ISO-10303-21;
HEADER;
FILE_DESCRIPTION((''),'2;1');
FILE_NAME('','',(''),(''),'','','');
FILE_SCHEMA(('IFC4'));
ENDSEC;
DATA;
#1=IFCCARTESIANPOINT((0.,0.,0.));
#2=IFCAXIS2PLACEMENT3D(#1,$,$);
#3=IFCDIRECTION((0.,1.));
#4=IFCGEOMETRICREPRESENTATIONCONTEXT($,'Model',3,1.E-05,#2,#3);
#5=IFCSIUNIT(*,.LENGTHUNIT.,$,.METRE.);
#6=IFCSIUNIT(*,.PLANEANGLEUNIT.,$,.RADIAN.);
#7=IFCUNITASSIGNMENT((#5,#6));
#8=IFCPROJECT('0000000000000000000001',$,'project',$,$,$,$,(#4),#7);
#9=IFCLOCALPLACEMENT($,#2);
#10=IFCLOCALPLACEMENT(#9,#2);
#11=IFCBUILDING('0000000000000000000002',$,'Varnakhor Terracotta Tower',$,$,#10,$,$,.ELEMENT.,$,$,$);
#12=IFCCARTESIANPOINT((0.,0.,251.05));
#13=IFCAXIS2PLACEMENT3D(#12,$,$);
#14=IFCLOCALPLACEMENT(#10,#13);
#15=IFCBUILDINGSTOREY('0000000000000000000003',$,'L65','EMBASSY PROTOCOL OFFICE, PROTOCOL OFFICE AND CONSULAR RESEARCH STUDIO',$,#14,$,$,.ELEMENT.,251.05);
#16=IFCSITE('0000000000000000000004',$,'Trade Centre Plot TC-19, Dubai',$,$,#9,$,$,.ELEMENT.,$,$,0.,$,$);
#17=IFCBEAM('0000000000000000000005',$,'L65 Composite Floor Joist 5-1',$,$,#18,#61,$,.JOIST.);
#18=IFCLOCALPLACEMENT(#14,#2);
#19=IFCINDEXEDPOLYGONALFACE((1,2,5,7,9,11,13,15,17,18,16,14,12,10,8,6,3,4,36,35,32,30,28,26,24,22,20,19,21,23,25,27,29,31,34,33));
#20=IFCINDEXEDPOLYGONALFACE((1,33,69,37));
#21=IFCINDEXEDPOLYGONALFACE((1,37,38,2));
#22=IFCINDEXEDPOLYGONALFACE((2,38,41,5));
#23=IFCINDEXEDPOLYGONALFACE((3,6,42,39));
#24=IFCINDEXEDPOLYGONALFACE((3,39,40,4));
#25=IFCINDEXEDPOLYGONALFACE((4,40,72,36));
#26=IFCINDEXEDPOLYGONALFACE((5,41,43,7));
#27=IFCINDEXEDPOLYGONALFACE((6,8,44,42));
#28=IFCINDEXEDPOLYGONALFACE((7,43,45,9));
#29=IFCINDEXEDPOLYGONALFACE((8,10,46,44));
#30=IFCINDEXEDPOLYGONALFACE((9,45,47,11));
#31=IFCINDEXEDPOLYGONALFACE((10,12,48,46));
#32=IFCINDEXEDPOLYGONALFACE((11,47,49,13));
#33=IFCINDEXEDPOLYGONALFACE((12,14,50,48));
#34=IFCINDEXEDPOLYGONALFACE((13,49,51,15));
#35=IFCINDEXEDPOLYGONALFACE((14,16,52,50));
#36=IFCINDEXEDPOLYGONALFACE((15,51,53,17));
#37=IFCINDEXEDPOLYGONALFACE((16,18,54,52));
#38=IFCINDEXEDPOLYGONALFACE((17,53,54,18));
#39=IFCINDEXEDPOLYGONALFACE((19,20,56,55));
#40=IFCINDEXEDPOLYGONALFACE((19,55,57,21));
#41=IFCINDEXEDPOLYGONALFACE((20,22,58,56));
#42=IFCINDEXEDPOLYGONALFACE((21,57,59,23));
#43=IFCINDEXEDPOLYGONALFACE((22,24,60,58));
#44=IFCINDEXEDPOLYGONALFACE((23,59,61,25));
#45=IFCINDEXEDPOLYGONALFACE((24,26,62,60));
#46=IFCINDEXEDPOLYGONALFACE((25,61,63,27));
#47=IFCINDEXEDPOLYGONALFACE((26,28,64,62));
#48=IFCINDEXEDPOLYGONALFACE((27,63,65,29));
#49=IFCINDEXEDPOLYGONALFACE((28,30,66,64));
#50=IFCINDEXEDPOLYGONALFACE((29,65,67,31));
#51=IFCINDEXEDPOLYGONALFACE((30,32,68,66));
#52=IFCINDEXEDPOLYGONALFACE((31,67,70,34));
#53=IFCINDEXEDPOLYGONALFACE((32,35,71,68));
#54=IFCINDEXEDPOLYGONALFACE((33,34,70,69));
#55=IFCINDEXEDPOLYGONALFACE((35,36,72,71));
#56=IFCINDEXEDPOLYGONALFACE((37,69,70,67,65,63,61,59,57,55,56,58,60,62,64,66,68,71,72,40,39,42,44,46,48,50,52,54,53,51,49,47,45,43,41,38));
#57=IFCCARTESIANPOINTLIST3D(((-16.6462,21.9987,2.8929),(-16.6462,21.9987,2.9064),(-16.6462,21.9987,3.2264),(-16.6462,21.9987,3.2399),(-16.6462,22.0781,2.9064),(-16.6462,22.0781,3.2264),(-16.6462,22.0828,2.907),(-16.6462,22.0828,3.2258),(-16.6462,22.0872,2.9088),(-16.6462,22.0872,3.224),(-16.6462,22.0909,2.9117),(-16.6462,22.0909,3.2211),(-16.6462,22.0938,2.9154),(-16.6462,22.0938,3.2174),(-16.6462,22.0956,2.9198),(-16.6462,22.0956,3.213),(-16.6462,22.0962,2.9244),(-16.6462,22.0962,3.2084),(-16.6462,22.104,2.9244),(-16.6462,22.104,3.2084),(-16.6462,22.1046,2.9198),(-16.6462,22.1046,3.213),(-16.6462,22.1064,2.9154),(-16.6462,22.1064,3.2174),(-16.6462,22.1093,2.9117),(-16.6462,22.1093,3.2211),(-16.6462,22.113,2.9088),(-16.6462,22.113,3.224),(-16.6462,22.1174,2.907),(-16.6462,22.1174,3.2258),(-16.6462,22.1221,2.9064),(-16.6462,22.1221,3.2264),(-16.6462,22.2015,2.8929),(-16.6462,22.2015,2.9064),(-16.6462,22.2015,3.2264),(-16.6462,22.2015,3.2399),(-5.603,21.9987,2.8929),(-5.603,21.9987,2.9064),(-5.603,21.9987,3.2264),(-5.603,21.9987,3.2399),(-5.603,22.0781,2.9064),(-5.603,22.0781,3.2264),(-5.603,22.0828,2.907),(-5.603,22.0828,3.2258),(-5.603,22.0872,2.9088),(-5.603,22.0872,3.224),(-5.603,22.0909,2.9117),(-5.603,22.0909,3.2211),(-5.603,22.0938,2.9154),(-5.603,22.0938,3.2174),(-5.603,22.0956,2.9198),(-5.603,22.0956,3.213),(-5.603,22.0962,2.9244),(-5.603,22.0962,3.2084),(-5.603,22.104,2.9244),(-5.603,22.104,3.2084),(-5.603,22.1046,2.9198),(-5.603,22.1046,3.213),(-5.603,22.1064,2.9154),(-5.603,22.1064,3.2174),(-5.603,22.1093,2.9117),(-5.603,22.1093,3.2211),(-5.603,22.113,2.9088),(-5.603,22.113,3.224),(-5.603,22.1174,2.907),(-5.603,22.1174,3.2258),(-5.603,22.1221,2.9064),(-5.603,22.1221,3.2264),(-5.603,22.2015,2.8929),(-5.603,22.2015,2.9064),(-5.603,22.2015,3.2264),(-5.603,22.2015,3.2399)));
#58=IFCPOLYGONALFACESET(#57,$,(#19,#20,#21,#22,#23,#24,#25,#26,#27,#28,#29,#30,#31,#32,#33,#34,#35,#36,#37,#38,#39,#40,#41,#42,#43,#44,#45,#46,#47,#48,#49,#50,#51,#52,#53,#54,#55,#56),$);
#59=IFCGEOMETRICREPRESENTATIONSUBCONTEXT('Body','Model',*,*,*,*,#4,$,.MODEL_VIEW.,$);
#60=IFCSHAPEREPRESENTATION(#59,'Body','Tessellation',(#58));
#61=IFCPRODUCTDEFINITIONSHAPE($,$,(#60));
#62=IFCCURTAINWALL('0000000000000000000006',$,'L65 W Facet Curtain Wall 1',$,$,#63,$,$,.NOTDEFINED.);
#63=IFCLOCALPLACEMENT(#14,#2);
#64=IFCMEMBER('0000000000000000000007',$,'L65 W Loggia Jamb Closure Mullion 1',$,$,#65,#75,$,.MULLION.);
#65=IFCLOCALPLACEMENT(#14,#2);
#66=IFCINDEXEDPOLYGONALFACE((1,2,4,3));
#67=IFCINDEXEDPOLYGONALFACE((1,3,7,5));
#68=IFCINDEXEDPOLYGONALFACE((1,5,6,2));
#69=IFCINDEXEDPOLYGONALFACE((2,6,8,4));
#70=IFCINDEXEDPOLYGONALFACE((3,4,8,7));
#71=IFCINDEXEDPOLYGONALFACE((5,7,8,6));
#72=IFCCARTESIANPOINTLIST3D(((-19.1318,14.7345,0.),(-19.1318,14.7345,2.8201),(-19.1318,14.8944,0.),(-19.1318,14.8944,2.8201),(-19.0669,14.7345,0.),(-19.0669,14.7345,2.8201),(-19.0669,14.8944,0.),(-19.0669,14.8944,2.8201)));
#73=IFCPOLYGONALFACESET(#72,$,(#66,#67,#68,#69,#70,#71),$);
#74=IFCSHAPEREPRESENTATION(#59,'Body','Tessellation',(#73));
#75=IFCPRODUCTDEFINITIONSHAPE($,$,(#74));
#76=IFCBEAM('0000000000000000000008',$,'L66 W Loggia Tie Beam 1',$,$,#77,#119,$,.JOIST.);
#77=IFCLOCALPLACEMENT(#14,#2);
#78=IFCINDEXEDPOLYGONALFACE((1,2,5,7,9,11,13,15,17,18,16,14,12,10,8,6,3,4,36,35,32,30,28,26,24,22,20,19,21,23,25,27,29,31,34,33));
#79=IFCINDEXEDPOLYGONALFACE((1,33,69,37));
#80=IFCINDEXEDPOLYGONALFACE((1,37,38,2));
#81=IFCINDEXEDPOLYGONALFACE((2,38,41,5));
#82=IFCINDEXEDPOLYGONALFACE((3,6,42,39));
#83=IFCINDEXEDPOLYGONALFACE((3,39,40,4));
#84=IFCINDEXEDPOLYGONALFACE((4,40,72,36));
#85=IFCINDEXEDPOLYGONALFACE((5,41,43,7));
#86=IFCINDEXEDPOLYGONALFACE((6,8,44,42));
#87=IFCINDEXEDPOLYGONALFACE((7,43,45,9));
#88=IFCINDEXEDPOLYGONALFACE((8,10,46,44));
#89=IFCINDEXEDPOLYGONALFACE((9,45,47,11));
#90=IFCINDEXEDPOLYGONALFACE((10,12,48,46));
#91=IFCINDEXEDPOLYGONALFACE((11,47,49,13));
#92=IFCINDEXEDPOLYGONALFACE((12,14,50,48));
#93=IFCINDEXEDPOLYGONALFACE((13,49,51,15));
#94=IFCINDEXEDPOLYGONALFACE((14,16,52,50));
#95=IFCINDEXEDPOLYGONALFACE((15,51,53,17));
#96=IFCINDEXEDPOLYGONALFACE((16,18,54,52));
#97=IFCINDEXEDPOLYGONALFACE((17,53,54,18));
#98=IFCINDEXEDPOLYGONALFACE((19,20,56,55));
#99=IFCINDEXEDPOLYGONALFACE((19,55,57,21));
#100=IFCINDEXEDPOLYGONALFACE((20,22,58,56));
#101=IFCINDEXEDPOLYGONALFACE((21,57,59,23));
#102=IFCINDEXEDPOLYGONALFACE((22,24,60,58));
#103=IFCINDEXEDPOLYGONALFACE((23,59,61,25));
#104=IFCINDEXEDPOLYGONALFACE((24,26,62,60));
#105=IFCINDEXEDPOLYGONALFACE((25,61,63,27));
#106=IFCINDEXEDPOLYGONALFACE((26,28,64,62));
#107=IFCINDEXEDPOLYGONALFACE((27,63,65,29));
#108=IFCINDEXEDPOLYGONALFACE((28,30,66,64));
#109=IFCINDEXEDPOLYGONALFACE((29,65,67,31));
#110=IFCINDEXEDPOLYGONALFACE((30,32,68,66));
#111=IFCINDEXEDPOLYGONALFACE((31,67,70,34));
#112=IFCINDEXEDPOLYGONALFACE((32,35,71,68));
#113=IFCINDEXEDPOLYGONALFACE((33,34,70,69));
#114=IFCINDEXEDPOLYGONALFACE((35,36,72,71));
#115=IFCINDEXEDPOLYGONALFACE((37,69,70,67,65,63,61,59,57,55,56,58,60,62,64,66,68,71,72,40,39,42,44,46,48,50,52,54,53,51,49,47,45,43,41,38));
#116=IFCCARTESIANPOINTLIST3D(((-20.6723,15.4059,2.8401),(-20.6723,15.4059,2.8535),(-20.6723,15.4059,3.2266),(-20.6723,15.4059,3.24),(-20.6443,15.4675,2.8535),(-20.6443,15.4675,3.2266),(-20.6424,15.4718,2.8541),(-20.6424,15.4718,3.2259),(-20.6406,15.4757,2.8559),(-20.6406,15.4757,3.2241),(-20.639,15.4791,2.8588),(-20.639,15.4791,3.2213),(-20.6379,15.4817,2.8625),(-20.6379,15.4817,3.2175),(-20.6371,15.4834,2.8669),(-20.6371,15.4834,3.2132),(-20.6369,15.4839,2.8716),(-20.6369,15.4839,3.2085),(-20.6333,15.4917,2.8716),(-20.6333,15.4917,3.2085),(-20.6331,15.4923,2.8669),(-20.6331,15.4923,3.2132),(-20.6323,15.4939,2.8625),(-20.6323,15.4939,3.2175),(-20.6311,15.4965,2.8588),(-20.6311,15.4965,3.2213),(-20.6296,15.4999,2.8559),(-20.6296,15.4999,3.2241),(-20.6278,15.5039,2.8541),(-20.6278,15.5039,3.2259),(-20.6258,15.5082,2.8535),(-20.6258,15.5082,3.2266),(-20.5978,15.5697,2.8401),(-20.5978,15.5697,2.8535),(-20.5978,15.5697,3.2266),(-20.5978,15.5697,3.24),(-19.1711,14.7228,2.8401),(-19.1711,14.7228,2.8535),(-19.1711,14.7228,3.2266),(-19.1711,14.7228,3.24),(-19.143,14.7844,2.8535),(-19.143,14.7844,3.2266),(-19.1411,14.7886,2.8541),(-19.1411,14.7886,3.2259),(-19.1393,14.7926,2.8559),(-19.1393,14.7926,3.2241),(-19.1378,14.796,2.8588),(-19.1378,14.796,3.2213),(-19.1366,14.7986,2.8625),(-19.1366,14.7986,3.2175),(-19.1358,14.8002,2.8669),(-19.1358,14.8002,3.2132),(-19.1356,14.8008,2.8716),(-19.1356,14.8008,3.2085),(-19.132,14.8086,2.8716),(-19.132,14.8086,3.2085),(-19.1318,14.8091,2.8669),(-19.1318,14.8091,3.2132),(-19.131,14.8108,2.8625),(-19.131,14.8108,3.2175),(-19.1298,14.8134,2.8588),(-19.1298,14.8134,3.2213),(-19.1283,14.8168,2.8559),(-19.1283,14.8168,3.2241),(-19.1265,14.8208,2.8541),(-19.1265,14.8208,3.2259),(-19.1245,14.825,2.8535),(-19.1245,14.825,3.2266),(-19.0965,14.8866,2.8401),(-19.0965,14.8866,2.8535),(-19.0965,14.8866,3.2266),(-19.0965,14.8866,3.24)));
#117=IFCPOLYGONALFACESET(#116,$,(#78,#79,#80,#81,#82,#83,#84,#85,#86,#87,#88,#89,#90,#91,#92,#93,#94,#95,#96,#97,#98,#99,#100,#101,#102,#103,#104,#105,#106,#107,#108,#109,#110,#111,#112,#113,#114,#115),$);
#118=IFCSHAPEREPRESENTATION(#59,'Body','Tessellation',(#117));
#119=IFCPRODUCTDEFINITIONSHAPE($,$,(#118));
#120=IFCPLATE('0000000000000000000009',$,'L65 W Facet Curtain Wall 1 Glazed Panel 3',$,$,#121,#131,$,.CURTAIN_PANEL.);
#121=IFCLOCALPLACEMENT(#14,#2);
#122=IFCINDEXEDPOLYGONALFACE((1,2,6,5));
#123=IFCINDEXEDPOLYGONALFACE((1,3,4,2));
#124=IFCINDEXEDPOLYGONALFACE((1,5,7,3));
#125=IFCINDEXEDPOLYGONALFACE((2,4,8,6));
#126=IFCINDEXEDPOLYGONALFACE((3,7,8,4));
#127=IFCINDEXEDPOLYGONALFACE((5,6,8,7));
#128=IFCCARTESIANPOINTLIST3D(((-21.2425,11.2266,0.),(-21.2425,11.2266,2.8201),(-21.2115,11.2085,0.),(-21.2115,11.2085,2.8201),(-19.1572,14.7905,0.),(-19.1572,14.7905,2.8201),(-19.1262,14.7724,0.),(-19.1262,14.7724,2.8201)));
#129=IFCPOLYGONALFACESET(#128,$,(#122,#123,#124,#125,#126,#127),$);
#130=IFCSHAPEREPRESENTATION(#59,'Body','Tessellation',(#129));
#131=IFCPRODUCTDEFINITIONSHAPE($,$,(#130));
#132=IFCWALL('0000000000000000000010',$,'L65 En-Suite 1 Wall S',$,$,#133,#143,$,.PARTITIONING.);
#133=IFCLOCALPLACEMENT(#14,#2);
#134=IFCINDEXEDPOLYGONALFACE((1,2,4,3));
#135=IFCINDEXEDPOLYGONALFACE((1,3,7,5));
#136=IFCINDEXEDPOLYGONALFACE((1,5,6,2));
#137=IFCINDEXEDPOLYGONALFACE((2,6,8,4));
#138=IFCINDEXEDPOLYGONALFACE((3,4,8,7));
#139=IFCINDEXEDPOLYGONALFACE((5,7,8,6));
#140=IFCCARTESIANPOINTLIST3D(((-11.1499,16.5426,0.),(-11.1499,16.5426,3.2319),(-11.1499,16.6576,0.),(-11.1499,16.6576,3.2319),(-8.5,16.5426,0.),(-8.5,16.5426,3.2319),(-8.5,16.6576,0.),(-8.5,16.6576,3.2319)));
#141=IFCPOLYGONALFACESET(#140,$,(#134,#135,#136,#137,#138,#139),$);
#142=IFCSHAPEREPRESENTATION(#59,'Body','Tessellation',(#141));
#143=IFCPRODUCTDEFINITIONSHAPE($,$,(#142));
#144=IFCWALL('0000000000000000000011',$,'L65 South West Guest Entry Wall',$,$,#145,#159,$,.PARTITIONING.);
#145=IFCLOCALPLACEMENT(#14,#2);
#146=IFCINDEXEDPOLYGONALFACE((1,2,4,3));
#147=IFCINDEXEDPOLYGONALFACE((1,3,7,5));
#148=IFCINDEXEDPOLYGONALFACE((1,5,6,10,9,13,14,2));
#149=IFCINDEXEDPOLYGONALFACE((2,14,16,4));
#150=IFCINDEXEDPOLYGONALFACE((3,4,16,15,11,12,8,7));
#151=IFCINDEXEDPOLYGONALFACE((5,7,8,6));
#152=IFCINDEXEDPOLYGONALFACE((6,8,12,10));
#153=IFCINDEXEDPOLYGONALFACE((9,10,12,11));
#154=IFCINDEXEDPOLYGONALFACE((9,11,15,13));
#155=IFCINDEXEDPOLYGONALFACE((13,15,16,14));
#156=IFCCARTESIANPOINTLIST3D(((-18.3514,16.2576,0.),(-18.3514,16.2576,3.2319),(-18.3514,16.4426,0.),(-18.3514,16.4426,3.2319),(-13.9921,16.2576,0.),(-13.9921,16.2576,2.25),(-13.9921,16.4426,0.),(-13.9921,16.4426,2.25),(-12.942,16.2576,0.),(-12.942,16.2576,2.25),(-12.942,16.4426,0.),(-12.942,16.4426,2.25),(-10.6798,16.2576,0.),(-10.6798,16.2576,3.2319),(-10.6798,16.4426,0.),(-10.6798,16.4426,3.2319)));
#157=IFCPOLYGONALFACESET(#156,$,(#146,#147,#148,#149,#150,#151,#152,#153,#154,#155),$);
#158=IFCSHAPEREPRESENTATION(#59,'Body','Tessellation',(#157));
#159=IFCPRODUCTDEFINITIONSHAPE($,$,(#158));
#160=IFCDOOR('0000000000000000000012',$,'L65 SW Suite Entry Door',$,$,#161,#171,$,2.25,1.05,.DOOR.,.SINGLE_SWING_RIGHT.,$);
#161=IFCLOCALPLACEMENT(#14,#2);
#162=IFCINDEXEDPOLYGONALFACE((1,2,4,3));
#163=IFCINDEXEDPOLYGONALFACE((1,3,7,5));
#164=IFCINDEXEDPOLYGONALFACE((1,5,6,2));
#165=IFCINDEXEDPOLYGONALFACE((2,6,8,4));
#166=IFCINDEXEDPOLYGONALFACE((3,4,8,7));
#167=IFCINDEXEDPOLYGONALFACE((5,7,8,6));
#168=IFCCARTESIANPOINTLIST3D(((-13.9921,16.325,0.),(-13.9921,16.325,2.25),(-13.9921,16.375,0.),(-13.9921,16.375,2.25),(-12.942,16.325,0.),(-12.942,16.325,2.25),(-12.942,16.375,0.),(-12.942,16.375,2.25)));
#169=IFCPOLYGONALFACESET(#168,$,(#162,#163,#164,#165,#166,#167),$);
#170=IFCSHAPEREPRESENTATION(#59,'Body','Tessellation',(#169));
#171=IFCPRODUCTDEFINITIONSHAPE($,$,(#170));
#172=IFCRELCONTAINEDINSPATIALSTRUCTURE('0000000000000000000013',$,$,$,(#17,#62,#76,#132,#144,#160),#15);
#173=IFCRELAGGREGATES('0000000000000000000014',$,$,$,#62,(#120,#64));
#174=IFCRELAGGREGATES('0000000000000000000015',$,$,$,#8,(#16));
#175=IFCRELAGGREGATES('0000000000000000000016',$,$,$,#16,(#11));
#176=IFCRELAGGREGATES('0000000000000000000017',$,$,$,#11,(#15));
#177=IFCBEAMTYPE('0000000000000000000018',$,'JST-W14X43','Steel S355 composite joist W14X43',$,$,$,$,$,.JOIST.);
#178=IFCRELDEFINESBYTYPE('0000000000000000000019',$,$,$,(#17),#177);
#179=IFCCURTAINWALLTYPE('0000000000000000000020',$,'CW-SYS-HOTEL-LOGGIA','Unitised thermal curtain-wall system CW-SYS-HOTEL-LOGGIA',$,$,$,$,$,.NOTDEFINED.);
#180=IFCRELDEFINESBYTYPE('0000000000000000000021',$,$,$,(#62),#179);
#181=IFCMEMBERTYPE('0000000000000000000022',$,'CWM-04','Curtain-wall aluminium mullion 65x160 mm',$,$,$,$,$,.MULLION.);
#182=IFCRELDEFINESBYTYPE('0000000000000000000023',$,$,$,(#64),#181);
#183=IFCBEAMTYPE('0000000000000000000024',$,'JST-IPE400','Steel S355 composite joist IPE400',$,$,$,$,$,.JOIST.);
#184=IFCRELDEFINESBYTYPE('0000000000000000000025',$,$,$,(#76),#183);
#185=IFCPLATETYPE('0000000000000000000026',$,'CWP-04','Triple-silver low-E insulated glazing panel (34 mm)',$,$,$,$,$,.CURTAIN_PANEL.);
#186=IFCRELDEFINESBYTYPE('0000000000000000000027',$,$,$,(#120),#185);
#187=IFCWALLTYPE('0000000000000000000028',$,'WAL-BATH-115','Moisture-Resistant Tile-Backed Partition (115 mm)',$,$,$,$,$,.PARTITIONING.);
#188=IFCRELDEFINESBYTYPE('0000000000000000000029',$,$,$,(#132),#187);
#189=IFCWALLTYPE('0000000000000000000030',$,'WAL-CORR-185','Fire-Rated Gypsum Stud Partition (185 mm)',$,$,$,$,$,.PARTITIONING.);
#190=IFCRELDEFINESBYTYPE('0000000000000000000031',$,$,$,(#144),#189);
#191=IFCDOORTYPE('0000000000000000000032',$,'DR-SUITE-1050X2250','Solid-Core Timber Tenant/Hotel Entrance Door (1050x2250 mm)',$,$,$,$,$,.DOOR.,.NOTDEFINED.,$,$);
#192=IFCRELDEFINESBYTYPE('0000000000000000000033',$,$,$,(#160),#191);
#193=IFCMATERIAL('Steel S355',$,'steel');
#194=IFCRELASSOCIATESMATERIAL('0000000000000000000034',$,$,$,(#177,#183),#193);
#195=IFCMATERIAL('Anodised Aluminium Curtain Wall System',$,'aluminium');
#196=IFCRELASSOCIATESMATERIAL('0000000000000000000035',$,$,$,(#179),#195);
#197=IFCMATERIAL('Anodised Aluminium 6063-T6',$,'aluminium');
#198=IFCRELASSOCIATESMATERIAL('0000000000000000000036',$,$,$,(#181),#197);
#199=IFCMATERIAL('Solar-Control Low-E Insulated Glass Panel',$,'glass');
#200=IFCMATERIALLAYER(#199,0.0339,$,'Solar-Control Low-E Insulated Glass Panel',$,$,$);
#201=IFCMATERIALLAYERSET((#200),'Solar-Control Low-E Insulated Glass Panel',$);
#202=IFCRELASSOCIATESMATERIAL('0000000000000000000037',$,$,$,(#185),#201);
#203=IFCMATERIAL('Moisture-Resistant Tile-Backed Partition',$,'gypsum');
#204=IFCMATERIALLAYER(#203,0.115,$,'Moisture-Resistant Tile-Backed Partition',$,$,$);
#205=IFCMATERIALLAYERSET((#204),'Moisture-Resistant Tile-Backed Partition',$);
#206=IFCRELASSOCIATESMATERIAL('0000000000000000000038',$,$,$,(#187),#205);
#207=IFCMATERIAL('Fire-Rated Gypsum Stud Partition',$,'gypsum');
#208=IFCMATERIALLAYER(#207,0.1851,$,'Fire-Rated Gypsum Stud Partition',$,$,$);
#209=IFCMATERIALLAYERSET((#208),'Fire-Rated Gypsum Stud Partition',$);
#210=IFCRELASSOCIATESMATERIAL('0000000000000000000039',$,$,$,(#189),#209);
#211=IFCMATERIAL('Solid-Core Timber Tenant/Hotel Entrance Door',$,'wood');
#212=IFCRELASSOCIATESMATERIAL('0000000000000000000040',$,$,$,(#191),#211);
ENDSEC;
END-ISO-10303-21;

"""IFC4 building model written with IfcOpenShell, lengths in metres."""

from ifc_helpers import new_model, si_unit, direction, frame, frame_2d, origin, origin_2d, place, context, subcontext, project, spatial, rectangle, i_section, extrude, source, transform, mapped, material, layer, layer_set, material_profile, profile_set, type_object, type_shapes, element, fill, aggregate, save


model = new_model("IFC4")

# Units and contexts
model_context = context("Model", 3, precision=1e-05, world=origin(), true_north=direction((0.0, 1.0)))
body_context = subcontext(model_context, "Body", "Model", "MODEL_VIEW")
ifc_project = project(units=[si_unit("LENGTHUNIT", "METRE"), si_unit("PLANEANGLEUNIT", "RADIAN")], contexts=[model_context])

# Site, building, storey
site_placement = place(None, origin())
site = spatial("IfcSite", under=ifc_project, at=site_placement, Name="Trade Centre Plot TC-19, Dubai", CompositionType="ELEMENT", RefElevation=0.0)
building_placement = place(site_placement, origin())
building = spatial("IfcBuilding", under=site, at=building_placement, Name="Varnakhor Terracotta Tower", CompositionType="ELEMENT")
storey_placement = place(building_placement, frame((0.0, 0.0, 251.05)))
storey = spatial("IfcBuildingStorey", under=building, at=storey_placement, Name="L65", Description="EMBASSY PROTOCOL OFFICE, PROTOCOL OFFICE AND CONSULAR RESEARCH STUDIO", CompositionType="ELEMENT", Elevation=251.05)

# Beam
ifc_material_1 = material(Name="Steel S355", Category="steel")
ifc_material_profile_1 = material_profile(ifc_material_1, i_section(OverallWidth=0.2029, OverallDepth=0.3469, WebThickness=0.0078, FlangeThickness=0.0134, FilletRadius=0.0181, at=origin_2d()), Name="W14X43")
ifc_profile_set_1 = profile_set([ifc_material_profile_1], Name="Steel S355")
beam_type_1 = type_object("IfcBeamType", Name="JST-W14X43", Description="Steel S355 composite joist W14X43", PredefinedType="JOIST", material=ifc_profile_set_1)
shared_shape_1 = source(origin(), body_context, "Body", "SweptSolid", [
    extrude(i_section(OverallWidth=0.2029, OverallDepth=0.3469, WebThickness=0.0078, FlangeThickness=0.0134, FilletRadius=0.0181, at=origin_2d()), origin(), (0.0, 0.0, 1.0), 11.0432),
])
beam_1_placement = place(storey_placement, frame((-16.6462, 22.1001, 3.0664), z_axis=(1.0, 0.0, 0.0), x_axis=(0.0, 1.0, 0.0)))
element("IfcBeam", 1, at=beam_1_placement, inside=storey, type_object=beam_type_1, Name="L65 Composite Floor Joist 5-1", PredefinedType="JOIST", context=body_context, shape_type="MappedRepresentation", body=[
    mapped(shared_shape_1, transform((0.0, 0.0, 0.0), scale=1.0)),
])

# Curtain wall, member
ifc_material_2 = material(Name="Anodised Aluminium Curtain Wall System", Category="aluminium")
curtain_wall_type = type_object("IfcCurtainWallType", Name="CW-SYS-HOTEL-LOGGIA", Description="Unitised thermal curtain-wall system CW-SYS-HOTEL-LOGGIA", PredefinedType="NOTDEFINED", material=ifc_material_2)
curtain_wall_placement = place(storey_placement, origin())
curtain_wall = element("IfcCurtainWall", 2, at=curtain_wall_placement, inside=storey, type_object=curtain_wall_type, Name="L65 W Facet Curtain Wall 1", PredefinedType="NOTDEFINED")
ifc_material_3 = material(Name="Anodised Aluminium 6063-T6", Category="aluminium")
ifc_material_profile_2 = material_profile(ifc_material_3, rectangle(XDim=0.0649, YDim=0.1599, at=origin_2d()), Name="ALU MULLION 65x160")
ifc_profile_set_2 = profile_set([ifc_material_profile_2], Name="Anodised Aluminium 6063-T6")
member_type = type_object("IfcMemberType", Name="CWM-04", Description="Curtain-wall aluminium mullion 65x160 mm", PredefinedType="MULLION", material=ifc_profile_set_2)
shared_shape_2 = source(origin(), body_context, "Body", "SweptSolid", [
    extrude(rectangle(XDim=0.0649, YDim=0.1599, at=origin_2d()), origin(), (0.0, 0.0, 1.0), 2.8201),
])
type_shapes(member_type, [shared_shape_2])
member_placement = place(storey_placement, frame((-19.0994, 14.8145, 0.0), z_axis=(0.0, 0.0, 1.0), x_axis=(1.0, 0.0, 0.0)))
member = element("IfcMember", 3, at=member_placement, type_object=member_type, Name="L65 W Loggia Jamb Closure Mullion 1", PredefinedType="MULLION", context=body_context, shape_type="MappedRepresentation", body=[
    mapped(shared_shape_2, transform((0.0, 0.0, 0.0), scale=1.0)),
])

# Beam
ifc_material_profile_3 = material_profile(ifc_material_1, i_section(OverallWidth=0.1799, OverallDepth=0.3999, WebThickness=0.0085, FlangeThickness=0.0134, FilletRadius=0.0181, at=origin_2d()), Name="IPE400")
ifc_profile_set_3 = profile_set([ifc_material_profile_3], Name="Steel S355")
beam_type_2 = type_object("IfcBeamType", Name="JST-IPE400", Description="Steel S355 composite joist IPE400", PredefinedType="JOIST", material=ifc_profile_set_3)
shared_shape_3 = source(origin(), body_context, "Body", "SweptSolid", [
    extrude(i_section(OverallWidth=0.1799, OverallDepth=0.3999, WebThickness=0.0085, FlangeThickness=0.0134, FilletRadius=0.0181, at=origin_2d()), origin(), (0.0, 0.0, 1.0), 1.6494),
])
beam_2_placement = place(storey_placement, frame((-19.1338, 14.8047, 3.04), z_axis=(-0.910199, 0.414171, 0.0), x_axis=(-0.414171, -0.910199, 0.0)))
element("IfcBeam", 4, at=beam_2_placement, inside=storey, type_object=beam_type_2, Name="L66 W Loggia Tie Beam 1", PredefinedType="JOIST", context=body_context, shape_type="MappedRepresentation", body=[
    mapped(shared_shape_3, transform((0.0, 0.0, 0.0), scale=1.0)),
])

# Plate
ifc_material_4 = material(Name="Solar-Control Low-E Insulated Glass Panel", Category="glass")
ifc_layer_1 = layer(ifc_material_4, 0.0339, Name="Solar-Control Low-E Insulated Glass Panel")
ifc_layer_set_1 = layer_set([ifc_layer_1], Name="Solar-Control Low-E Insulated Glass Panel")
plate_type = type_object("IfcPlateType", Name="CWP-04", Description="Triple-silver low-E insulated glazing panel (34 mm)", PredefinedType="CURTAIN_PANEL", material=ifc_layer_set_1)
shared_shape_4 = source(origin(), body_context, "Body", "SweptSolid", [
    extrude(rectangle(XDim=4.1292, YDim=0.0359, at=origin_2d()), origin(), (0.0, 0.0, 1.0), 2.8201),
])
plate_placement = place(storey_placement, frame((-20.1843, 12.9995, 0.0), z_axis=(0.0, 0.0, 1.0), x_axis=(0.505025, 0.863105, 0.0)))
plate = element("IfcPlate", 5, at=plate_placement, type_object=plate_type, Name="L65 W Facet Curtain Wall 1 Glazed Panel 3", PredefinedType="CURTAIN_PANEL", context=body_context, shape_type="MappedRepresentation", body=[
    mapped(shared_shape_4, transform((0.0, 0.0, 0.0), scale=1.0)),
])
aggregate(curtain_wall, [plate, member])

# Wall
ifc_material_5 = material(Name="Moisture-Resistant Tile-Backed Partition", Category="gypsum")
ifc_layer_2 = layer(ifc_material_5, 0.115, Name="Moisture-Resistant Tile-Backed Partition")
ifc_layer_set_2 = layer_set([ifc_layer_2], Name="Moisture-Resistant Tile-Backed Partition")
wall_type_1 = type_object("IfcWallType", Name="WAL-BATH-115", Description="Moisture-Resistant Tile-Backed Partition (115 mm)", PredefinedType="PARTITIONING", material=ifc_layer_set_2)
wall_1_placement = place(storey_placement, frame((-11.1499, 16.6001, 0.0), z_axis=(0.0, 0.0, 1.0), x_axis=(1.0, 0.0, 0.0)))
element("IfcWall", 6, at=wall_1_placement, inside=storey, type_object=wall_type_1, Name="L65 En-Suite 1 Wall S", PredefinedType="PARTITIONING", context=body_context, shape_type="SweptSolid", body=[
    extrude(rectangle(XDim=2.6499, YDim=0.115, at=frame_2d((1.325, 0.0))), origin(), (0.0, 0.0, 1.0), 3.2319),
])

# Wall, opening, door
ifc_material_6 = material(Name="Fire-Rated Gypsum Stud Partition", Category="gypsum")
ifc_layer_3 = layer(ifc_material_6, 0.1851, Name="Fire-Rated Gypsum Stud Partition")
ifc_layer_set_3 = layer_set([ifc_layer_3], Name="Fire-Rated Gypsum Stud Partition")
wall_type_2 = type_object("IfcWallType", Name="WAL-CORR-185", Description="Fire-Rated Gypsum Stud Partition (185 mm)", PredefinedType="PARTITIONING", material=ifc_layer_set_3)
wall_2_placement = place(storey_placement, frame((-18.3516, 16.3501, 0.0), z_axis=(0.0, 0.0, 1.0), x_axis=(1.0, 0.0, 0.0)))
wall_2 = element("IfcWall", 7, at=wall_2_placement, inside=storey, type_object=wall_type_2, Name="L65 South West Guest Entry Wall", PredefinedType="PARTITIONING", context=body_context, shape_type="SweptSolid", body=[
    extrude(rectangle(XDim=7.6716, YDim=0.1851, at=frame_2d((3.8359, 0.0))), origin(), (0.0, 0.0, 1.0), 3.2319),
])
opening_1_placement = place(wall_2_placement, frame((4.3596, 0.0, 0.0)))
opening_1 = element("IfcOpeningElement", 8, at=opening_1_placement, cuts=wall_2, PredefinedType="OPENING", context=body_context, shape_type="SweptSolid", body=[
    extrude(rectangle(XDim=1.05, YDim=2.25, at=frame_2d((0.5249, 1.125))), frame((0.0, 0.1025, 0.0), z_axis=(0.0, -1.0, 0.0), x_axis=(1.0, 0.0, 0.0)), (0.0, 0.0, 1.0), 0.2051),
])
ifc_material_7 = material(Name="Solid-Core Timber Tenant/Hotel Entrance Door", Category="wood")
door_type_1 = type_object("IfcDoorType", Name="DR-SUITE-1050X2250", Description="Solid-Core Timber Tenant/Hotel Entrance Door (1050x2250 mm)", OperationType="NOTDEFINED", PredefinedType="DOOR", material=ifc_material_7)
shared_shape_5 = source(origin(), body_context, "Body", "SweptSolid", [
    extrude(rectangle(XDim=1.05, YDim=2.25, at=frame_2d((0.5249, 1.125))), frame((0.0, 0.0249, 0.0), z_axis=(0.0, -1.0, 0.0), x_axis=(1.0, 0.0, 0.0)), (0.0, 0.0, 1.0), 0.05),
])
type_shapes(door_type_1, [shared_shape_5])
door_1_placement = place(opening_1_placement, origin())
door_1 = element("IfcDoor", 9, at=door_1_placement, inside=storey, type_object=door_type_1, Name="L65 SW Suite Entry Door", OperationType="SINGLE_SWING_RIGHT", OverallHeight=2.25, OverallWidth=1.05, PredefinedType="DOOR", context=body_context, shape_type="MappedRepresentation", body=[
    mapped(shared_shape_5, transform((0.0, 0.0, 0.0), scale=1.0)),
])
fill(opening_1, door_1)

save(model, "model.ifc")
